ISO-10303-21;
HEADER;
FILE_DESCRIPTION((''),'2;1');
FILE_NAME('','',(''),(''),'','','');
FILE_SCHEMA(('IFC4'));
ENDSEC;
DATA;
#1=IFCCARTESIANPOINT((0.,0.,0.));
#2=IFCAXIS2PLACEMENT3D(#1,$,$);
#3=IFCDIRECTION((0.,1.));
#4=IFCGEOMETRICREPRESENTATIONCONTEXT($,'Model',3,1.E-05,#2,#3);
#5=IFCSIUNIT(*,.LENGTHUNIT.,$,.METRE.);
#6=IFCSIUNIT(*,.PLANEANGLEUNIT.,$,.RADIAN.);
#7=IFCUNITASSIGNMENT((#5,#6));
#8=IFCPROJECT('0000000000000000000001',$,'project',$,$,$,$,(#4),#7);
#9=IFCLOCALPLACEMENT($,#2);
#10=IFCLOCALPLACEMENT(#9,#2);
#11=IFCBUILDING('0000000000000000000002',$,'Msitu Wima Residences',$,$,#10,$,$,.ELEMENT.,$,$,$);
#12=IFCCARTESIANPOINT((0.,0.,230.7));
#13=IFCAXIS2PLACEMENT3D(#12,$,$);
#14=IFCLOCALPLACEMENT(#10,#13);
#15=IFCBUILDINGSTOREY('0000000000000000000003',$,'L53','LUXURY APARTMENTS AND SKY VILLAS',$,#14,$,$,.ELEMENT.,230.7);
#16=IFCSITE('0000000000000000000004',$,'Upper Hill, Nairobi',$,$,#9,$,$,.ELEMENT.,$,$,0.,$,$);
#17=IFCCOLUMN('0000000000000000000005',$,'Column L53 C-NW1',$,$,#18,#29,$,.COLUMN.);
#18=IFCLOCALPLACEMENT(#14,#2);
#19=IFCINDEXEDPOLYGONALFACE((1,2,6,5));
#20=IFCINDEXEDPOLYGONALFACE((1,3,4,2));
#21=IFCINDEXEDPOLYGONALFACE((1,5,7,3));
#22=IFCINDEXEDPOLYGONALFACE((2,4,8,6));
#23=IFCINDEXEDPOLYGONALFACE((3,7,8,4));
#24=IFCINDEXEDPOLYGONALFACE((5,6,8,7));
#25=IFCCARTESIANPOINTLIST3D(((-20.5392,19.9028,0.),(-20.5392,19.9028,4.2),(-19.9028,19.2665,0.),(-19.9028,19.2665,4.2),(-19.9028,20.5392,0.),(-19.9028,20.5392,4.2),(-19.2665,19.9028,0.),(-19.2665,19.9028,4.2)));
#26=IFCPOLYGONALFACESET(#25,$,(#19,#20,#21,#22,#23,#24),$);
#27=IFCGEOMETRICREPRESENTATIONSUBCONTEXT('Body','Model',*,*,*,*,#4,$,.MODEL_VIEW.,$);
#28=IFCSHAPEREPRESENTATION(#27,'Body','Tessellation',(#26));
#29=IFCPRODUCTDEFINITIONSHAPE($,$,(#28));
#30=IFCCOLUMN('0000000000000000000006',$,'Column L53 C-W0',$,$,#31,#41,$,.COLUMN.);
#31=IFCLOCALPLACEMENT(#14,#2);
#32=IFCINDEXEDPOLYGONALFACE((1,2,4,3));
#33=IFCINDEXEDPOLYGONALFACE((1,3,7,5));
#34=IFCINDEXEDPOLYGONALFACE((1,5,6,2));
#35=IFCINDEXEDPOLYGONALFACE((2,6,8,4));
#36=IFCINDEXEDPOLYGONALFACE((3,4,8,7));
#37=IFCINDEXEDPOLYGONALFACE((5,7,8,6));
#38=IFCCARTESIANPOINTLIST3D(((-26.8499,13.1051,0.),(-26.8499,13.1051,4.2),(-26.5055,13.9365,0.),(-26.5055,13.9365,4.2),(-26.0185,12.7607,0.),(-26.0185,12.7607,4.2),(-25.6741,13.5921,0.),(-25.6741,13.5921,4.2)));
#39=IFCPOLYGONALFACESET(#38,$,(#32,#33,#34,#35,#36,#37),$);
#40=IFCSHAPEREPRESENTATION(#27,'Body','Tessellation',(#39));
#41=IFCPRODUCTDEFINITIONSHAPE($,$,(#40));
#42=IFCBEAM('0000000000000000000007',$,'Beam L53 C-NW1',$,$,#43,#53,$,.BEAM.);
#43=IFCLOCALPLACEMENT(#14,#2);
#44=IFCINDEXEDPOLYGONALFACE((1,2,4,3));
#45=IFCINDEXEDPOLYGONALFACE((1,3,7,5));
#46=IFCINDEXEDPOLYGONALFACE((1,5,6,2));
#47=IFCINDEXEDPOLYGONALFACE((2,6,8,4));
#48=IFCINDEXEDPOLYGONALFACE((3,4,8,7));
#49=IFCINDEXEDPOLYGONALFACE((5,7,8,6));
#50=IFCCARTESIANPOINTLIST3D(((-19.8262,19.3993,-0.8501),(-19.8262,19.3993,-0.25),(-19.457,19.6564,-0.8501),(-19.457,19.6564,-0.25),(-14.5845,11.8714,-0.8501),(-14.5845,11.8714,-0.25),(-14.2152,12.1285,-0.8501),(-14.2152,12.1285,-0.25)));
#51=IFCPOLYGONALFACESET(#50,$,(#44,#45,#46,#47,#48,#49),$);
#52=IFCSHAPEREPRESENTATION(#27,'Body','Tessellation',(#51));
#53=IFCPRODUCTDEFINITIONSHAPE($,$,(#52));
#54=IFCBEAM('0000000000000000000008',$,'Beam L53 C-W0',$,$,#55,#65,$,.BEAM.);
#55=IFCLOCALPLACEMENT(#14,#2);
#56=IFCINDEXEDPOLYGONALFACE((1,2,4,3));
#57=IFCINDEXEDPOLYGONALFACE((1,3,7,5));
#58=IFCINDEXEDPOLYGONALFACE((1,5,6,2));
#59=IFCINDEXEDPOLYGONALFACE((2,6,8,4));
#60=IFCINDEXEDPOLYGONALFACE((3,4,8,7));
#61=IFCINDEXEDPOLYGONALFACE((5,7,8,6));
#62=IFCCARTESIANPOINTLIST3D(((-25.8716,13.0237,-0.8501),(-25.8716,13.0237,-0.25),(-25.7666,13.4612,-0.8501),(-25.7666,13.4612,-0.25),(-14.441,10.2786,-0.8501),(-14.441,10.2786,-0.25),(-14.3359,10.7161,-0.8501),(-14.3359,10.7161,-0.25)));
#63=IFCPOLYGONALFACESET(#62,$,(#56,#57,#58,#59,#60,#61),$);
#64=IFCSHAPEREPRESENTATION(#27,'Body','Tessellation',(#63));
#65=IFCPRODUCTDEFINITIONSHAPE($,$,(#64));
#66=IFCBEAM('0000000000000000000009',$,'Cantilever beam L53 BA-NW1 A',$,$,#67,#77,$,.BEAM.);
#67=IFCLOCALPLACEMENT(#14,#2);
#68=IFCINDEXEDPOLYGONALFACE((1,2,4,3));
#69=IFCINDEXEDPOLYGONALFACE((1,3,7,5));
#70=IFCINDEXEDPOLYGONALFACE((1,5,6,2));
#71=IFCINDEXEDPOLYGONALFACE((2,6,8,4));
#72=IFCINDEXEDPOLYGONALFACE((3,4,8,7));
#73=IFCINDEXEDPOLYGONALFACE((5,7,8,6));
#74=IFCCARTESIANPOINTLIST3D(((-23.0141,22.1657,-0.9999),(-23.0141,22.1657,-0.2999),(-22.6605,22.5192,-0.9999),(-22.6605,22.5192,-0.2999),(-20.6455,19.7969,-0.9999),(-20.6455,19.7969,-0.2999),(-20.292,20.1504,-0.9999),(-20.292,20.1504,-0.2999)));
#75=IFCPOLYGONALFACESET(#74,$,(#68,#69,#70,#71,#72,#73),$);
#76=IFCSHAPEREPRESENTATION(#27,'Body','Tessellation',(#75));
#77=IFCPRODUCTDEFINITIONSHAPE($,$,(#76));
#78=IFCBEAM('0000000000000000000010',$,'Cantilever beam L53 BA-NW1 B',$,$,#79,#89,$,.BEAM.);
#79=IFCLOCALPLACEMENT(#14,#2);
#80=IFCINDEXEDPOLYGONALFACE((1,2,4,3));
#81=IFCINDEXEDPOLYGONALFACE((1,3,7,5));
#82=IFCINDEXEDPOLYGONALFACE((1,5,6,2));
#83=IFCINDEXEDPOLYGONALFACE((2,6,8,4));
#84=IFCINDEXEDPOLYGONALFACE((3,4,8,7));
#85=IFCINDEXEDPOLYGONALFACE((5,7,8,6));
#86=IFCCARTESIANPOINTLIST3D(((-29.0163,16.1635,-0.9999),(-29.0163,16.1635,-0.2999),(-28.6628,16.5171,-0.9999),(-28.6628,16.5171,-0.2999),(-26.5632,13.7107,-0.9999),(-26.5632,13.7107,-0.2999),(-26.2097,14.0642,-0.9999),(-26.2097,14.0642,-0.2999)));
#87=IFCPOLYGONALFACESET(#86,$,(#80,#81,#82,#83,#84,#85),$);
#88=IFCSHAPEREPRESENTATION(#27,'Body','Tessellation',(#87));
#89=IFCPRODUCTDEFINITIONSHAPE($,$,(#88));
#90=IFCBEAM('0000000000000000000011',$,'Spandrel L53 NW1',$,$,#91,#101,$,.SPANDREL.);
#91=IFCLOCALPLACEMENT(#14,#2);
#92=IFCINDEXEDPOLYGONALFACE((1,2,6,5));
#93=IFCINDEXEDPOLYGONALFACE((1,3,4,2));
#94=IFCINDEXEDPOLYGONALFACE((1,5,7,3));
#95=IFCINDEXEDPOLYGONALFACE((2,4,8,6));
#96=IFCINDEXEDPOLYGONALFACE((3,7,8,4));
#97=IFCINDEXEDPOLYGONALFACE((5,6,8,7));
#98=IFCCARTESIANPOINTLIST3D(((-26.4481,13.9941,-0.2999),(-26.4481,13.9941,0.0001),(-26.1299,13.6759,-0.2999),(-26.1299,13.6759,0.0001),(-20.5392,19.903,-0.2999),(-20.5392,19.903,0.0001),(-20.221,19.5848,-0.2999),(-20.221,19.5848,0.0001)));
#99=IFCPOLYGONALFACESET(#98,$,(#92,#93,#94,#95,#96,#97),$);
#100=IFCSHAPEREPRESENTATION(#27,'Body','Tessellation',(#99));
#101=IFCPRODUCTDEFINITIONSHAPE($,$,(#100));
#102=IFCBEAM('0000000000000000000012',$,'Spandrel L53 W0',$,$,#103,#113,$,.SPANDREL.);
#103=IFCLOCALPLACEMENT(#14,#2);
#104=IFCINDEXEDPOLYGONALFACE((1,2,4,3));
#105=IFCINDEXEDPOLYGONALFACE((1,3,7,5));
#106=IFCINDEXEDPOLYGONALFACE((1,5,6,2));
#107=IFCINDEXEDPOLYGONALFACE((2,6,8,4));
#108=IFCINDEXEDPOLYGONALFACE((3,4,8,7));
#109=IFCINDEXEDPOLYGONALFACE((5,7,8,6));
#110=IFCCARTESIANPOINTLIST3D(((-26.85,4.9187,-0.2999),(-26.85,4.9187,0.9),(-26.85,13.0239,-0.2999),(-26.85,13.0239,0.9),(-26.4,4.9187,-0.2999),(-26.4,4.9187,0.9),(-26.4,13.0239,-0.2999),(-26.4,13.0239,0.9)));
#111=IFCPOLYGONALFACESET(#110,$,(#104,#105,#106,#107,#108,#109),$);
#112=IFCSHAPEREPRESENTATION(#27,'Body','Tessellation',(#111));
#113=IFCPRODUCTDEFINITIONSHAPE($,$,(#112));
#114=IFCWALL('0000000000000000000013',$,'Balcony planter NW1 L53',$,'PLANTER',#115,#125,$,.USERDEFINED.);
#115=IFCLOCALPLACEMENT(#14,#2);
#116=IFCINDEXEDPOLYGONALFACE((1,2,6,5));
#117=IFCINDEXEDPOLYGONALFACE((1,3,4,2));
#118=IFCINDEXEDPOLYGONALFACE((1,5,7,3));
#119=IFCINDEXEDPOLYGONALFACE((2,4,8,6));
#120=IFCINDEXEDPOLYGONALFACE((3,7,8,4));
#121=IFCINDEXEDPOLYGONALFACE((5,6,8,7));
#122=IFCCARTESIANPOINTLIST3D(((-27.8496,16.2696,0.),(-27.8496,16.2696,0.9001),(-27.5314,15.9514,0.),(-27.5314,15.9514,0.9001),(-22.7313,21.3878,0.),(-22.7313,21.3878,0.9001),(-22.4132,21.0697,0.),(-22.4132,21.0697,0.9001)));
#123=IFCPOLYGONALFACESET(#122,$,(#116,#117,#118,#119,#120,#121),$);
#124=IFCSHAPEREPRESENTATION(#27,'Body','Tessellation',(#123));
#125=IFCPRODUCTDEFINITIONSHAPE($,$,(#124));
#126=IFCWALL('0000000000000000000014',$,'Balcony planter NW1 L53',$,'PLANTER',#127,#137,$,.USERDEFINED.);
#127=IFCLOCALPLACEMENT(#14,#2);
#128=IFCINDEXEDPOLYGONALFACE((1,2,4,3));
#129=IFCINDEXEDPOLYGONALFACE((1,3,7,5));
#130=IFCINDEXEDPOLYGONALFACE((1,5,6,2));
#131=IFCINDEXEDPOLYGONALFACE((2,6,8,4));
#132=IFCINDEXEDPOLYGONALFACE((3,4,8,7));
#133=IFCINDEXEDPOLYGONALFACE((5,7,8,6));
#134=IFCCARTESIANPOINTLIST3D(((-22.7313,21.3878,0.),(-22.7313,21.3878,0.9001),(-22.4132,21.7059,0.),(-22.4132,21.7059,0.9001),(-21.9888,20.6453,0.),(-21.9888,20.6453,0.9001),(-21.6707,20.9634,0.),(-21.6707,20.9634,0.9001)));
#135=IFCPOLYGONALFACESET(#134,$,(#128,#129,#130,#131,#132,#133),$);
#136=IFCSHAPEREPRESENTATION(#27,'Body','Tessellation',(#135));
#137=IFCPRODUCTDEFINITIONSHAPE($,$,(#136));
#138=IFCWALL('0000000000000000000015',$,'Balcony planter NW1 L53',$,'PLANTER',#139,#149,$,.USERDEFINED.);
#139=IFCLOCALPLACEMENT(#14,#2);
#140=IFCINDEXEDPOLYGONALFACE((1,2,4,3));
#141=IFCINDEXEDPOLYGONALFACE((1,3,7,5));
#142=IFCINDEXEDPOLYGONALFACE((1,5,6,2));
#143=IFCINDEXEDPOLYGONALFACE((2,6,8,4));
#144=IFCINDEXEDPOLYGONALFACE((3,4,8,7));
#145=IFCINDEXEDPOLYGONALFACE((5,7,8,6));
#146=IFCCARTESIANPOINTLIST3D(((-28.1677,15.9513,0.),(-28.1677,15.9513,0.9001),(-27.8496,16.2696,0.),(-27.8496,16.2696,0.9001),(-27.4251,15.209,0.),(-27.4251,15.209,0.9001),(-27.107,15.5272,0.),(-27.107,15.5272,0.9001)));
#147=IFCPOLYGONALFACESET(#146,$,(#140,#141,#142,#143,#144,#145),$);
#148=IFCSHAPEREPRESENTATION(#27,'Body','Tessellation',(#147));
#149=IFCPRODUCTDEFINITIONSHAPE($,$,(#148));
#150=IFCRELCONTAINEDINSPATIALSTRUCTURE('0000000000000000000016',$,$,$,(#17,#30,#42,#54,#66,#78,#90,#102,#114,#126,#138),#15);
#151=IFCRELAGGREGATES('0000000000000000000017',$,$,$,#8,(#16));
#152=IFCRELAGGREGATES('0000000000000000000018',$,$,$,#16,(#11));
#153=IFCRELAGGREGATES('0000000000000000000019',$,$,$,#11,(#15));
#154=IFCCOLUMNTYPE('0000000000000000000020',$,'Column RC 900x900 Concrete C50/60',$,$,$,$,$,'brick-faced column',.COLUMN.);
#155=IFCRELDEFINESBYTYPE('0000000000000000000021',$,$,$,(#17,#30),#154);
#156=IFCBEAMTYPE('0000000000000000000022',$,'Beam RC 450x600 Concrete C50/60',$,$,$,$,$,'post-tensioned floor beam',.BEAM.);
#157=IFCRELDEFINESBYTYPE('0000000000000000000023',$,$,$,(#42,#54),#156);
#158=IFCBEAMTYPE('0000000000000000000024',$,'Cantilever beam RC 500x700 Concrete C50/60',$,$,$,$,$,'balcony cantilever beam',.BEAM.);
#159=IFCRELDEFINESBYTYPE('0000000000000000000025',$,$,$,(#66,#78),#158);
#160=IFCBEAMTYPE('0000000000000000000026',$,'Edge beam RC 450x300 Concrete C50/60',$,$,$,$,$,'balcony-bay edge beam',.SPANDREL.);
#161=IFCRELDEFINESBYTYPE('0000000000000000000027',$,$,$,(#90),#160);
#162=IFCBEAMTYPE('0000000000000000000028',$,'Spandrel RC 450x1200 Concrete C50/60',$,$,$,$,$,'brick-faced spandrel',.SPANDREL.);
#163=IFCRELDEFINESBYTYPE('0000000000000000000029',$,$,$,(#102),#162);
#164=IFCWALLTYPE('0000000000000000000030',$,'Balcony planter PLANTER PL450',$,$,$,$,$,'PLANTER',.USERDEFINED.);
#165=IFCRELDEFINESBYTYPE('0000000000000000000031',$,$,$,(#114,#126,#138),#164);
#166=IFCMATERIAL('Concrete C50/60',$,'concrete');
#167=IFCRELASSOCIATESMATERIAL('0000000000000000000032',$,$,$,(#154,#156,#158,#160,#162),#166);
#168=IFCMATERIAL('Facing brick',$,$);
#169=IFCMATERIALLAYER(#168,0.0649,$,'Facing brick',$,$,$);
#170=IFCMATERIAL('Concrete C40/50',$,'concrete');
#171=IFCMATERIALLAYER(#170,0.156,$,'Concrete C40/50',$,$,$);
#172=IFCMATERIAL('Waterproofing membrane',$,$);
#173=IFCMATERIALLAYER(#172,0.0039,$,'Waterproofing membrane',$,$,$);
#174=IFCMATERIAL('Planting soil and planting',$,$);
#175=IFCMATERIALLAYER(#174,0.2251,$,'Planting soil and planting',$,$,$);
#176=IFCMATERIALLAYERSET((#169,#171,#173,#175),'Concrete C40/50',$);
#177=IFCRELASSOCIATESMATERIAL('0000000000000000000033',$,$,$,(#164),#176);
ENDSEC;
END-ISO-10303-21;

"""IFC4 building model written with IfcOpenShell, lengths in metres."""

from ifc_helpers import new_model, si_unit, direction, frame, frame_2d, origin, origin_2d, place, context, subcontext, project, spatial, rectangle, extrude, material, layer, layer_set, material_profile, profile_set, type_object, element, save


model = new_model("IFC4")

# Units and contexts
model_context = context("Model", 3, precision=1e-05, world=origin(), true_north=direction((0.0, 1.0)))
body_context = subcontext(model_context, "Body", "Model", "MODEL_VIEW")
ifc_project = project(units=[si_unit("LENGTHUNIT", "METRE"), si_unit("PLANEANGLEUNIT", "RADIAN")], contexts=[model_context])

# Site, building, storey
site_placement = place(None, origin())
site = spatial("IfcSite", under=ifc_project, at=site_placement, Name="Upper Hill, Nairobi", CompositionType="ELEMENT", RefElevation=0.0)
building_placement = place(site_placement, origin())
building = spatial("IfcBuilding", under=site, at=building_placement, Name="Msitu Wima Residences", CompositionType="ELEMENT")
storey_placement = place(building_placement, frame((0.0, 0.0, 230.7)))
storey = spatial("IfcBuildingStorey", under=building, at=storey_placement, Name="L53", Description="LUXURY APARTMENTS AND SKY VILLAS", CompositionType="ELEMENT", Elevation=230.7)

# Columns
ifc_material_1 = material(Name="Concrete C50/60", Category="concrete")
ifc_material_profile_1 = material_profile(ifc_material_1, rectangle(XDim=0.8999, YDim=0.8999, at=origin_2d()), Name="RC 900x900")
ifc_profile_set_1 = profile_set([ifc_material_profile_1], Name="Concrete C50/60")
column_type = type_object("IfcColumnType", Name="Column RC 900x900 Concrete C50/60", ElementType="brick-faced column", PredefinedType="COLUMN", material=ifc_profile_set_1)
for number, where, z_axis, x_axis, name in (
    (1, (-19.9028, 19.9028, 0.0), (0.0, 0.0, 1.0), (-0.707107, -0.707107, 0.0), "Column L53 C-NW1"),
    (2, (-26.262, 13.3486, 0.0), (0.0, 0.0, 1.0), (-0.382683, -0.92388, 0.0), "Column L53 C-W0"),
):
    element("IfcColumn", number, at=place(storey_placement, frame(where, z_axis=z_axis, x_axis=x_axis)), inside=storey, type_object=column_type, Name=name, PredefinedType="COLUMN", context=body_context, shape_type="SweptSolid", body=[
        extrude(rectangle(XDim=0.8999, YDim=0.8999, at=origin_2d()), origin(), (0.0, 0.0, 1.0), 4.2),
    ])

# Beams
ifc_material_profile_2 = material_profile(ifc_material_1, rectangle(XDim=0.45, YDim=0.6001, at=origin_2d()), Name="RC 450x600")
ifc_profile_set_2 = profile_set([ifc_material_profile_2], Name="Concrete C50/60")
beam_type_1 = type_object("IfcBeamType", Name="Beam RC 450x600 Concrete C50/60", ElementType="post-tensioned floor beam", PredefinedType="BEAM", material=ifc_profile_set_2)
beam_1_placement = place(storey_placement, frame((-19.6416, 19.5278, -0.55), z_axis=(0.571428, -0.820652, 0.0), x_axis=(0.820652, 0.571428, 0.0)))
element("IfcBeam", 3, at=beam_1_placement, inside=storey, type_object=beam_type_1, Name="Beam L53 C-NW1", PredefinedType="BEAM", context=body_context, shape_type="SweptSolid", body=[
    extrude(rectangle(XDim=0.45, YDim=0.6001, at=origin_2d()), origin(), (0.0, 0.0, 1.0), 9.1731),
])
beam_2_placement = place(storey_placement, frame((-25.8191, 13.2424, -0.55), z_axis=(0.972353, -0.233514, 0.0), x_axis=(0.233514, 0.972353, 0.0)))
element("IfcBeam", 4, at=beam_2_placement, inside=storey, type_object=beam_type_1, Name="Beam L53 C-W0", PredefinedType="BEAM", context=body_context, shape_type="SweptSolid", body=[
    extrude(rectangle(XDim=0.45, YDim=0.6001, at=origin_2d()), origin(), (0.0, 0.0, 1.0), 11.7556),
])
ifc_material_profile_3 = material_profile(ifc_material_1, rectangle(XDim=0.5, YDim=0.7, at=origin_2d()), Name="RC 500x700")
ifc_profile_set_3 = profile_set([ifc_material_profile_3], Name="Concrete C50/60")
beam_type_2 = type_object("IfcBeamType", Name="Cantilever beam RC 500x700 Concrete C50/60", ElementType="balcony cantilever beam", PredefinedType="BEAM", material=ifc_profile_set_3)
beam_3_placement = place(storey_placement, frame((-20.4688, 19.9736, -0.6499), z_axis=(-0.70707, 0.707143, 0.0), x_axis=(-0.707143, -0.70707, 0.0)))
element("IfcBeam", 5, at=beam_3_placement, inside=storey, type_object=beam_type_2, Name="Cantilever beam L53 BA-NW1 A", PredefinedType="BEAM", context=body_context, shape_type="SweptSolid", body=[
    extrude(rectangle(XDim=0.5, YDim=0.7, at=origin_2d()), origin(), (0.0, 0.0, 1.0), 3.3499),
])
beam_4_placement = place(storey_placement, frame((-26.3865, 13.8875, -0.6499), z_axis=(-0.707142, 0.707072, 0.0), x_axis=(-0.707072, -0.707142, 0.0)))
element("IfcBeam", 6, at=beam_4_placement, inside=storey, type_object=beam_type_2, Name="Cantilever beam L53 BA-NW1 B", PredefinedType="BEAM", context=body_context, shape_type="SweptSolid", body=[
    extrude(rectangle(XDim=0.5, YDim=0.7, at=origin_2d()), origin(), (0.0, 0.0, 1.0), 3.469),
])
ifc_material_profile_4 = material_profile(ifc_material_1, rectangle(XDim=0.45, YDim=0.3, at=origin_2d()), Name="RC 450x300")
ifc_profile_set_4 = profile_set([ifc_material_profile_4], Name="Concrete C50/60")
beam_type_3 = type_object("IfcBeamType", Name="Edge beam RC 450x300 Concrete C50/60", ElementType="balcony-bay edge beam", PredefinedType="SPANDREL", material=ifc_profile_set_4)
beam_5_placement = place(storey_placement, frame((-20.3801, 19.7439, -0.1499), z_axis=(-0.707107, -0.707107, 0.0), x_axis=(0.707107, -0.707107, 0.0)))
element("IfcBeam", 7, at=beam_5_placement, inside=storey, type_object=beam_type_3, Name="Spandrel L53 NW1", PredefinedType="SPANDREL", context=body_context, shape_type="SweptSolid", body=[
    extrude(rectangle(XDim=0.45, YDim=0.3, at=origin_2d()), origin(), (0.0, 0.0, 1.0), 8.3564),
])
ifc_material_profile_5 = material_profile(ifc_material_1, rectangle(XDim=0.45, YDim=1.2, at=origin_2d()), Name="RC 450x1200")
ifc_profile_set_5 = profile_set([ifc_material_profile_5], Name="Concrete C50/60")
beam_type_4 = type_object("IfcBeamType", Name="Spandrel RC 450x1200 Concrete C50/60", ElementType="brick-faced spandrel", PredefinedType="SPANDREL", material=ifc_profile_set_5)
beam_6_placement = place(storey_placement, frame((-26.625, 13.0239, 0.3), z_axis=(0.0, -1.0, 0.0), x_axis=(1.0, 0.0, 0.0)))
element("IfcBeam", 8, at=beam_6_placement, inside=storey, type_object=beam_type_4, Name="Spandrel L53 W0", PredefinedType="SPANDREL", context=body_context, shape_type="SweptSolid", body=[
    extrude(rectangle(XDim=0.45, YDim=1.2, at=origin_2d()), origin(), (0.0, 0.0, 1.0), 8.1052),
])

# Walls
ifc_material_2 = material(Name="Facing brick")
ifc_layer_1 = layer(ifc_material_2, 0.0649, Name="Facing brick")
ifc_material_3 = material(Name="Concrete C40/50", Category="concrete")
ifc_layer_2 = layer(ifc_material_3, 0.156, Name="Concrete C40/50")
ifc_material_4 = material(Name="Waterproofing membrane")
ifc_layer_3 = layer(ifc_material_4, 0.0039, Name="Waterproofing membrane")
ifc_material_5 = material(Name="Planting soil and planting")
ifc_layer_4 = layer(ifc_material_5, 0.2251, Name="Planting soil and planting")
ifc_layer_set_1 = layer_set([ifc_layer_1, ifc_layer_2, ifc_layer_3, ifc_layer_4], Name="Concrete C40/50")
wall_type_1 = type_object("IfcWallType", Name="Balcony planter PLANTER PL450", ElementType="PLANTER", PredefinedType="USERDEFINED", material=ifc_layer_set_1)
wall_1_placement = place(storey_placement, frame((-22.5723, 21.2288, 0.0), z_axis=(0.0, 0.0, 1.0), x_axis=(-0.707107, -0.707107, 0.0)))
element("IfcWall", 9, at=wall_1_placement, inside=storey, type_object=wall_type_1, Name="Balcony planter NW1 L53", ObjectType="PLANTER", PredefinedType="USERDEFINED", context=body_context, shape_type="SweptSolid", body=[
    extrude(rectangle(XDim=7.2383, YDim=0.45, at=frame_2d((3.6191, 0.0))), origin(), (0.0, 0.0, 1.0), 0.9001),
])
for number, where, z_axis, x_axis, name in (
    (10, (-21.8298, 20.8044, 0.0), (0.0, 0.0, 1.0), (-0.707107, 0.707107, 0.0), "Balcony planter NW1 L53"),
    (11, (-27.2661, 15.3682, 0.0), (0.0, 0.0, 1.0), (-0.707223, 0.706991, 0.0), "Balcony planter NW1 L53"),
):
    element("IfcWall", number, at=place(storey_placement, frame(where, z_axis=z_axis, x_axis=x_axis)), inside=storey, type_object=wall_type_1, Name=name, ObjectType="PLANTER", PredefinedType="USERDEFINED", context=body_context, shape_type="SweptSolid", body=[
        extrude(rectangle(XDim=1.05, YDim=0.45, at=frame_2d((0.5249, 0.0))), origin(), (0.0, 0.0, 1.0), 0.9001),
    ])

save(model, "model.ifc")
